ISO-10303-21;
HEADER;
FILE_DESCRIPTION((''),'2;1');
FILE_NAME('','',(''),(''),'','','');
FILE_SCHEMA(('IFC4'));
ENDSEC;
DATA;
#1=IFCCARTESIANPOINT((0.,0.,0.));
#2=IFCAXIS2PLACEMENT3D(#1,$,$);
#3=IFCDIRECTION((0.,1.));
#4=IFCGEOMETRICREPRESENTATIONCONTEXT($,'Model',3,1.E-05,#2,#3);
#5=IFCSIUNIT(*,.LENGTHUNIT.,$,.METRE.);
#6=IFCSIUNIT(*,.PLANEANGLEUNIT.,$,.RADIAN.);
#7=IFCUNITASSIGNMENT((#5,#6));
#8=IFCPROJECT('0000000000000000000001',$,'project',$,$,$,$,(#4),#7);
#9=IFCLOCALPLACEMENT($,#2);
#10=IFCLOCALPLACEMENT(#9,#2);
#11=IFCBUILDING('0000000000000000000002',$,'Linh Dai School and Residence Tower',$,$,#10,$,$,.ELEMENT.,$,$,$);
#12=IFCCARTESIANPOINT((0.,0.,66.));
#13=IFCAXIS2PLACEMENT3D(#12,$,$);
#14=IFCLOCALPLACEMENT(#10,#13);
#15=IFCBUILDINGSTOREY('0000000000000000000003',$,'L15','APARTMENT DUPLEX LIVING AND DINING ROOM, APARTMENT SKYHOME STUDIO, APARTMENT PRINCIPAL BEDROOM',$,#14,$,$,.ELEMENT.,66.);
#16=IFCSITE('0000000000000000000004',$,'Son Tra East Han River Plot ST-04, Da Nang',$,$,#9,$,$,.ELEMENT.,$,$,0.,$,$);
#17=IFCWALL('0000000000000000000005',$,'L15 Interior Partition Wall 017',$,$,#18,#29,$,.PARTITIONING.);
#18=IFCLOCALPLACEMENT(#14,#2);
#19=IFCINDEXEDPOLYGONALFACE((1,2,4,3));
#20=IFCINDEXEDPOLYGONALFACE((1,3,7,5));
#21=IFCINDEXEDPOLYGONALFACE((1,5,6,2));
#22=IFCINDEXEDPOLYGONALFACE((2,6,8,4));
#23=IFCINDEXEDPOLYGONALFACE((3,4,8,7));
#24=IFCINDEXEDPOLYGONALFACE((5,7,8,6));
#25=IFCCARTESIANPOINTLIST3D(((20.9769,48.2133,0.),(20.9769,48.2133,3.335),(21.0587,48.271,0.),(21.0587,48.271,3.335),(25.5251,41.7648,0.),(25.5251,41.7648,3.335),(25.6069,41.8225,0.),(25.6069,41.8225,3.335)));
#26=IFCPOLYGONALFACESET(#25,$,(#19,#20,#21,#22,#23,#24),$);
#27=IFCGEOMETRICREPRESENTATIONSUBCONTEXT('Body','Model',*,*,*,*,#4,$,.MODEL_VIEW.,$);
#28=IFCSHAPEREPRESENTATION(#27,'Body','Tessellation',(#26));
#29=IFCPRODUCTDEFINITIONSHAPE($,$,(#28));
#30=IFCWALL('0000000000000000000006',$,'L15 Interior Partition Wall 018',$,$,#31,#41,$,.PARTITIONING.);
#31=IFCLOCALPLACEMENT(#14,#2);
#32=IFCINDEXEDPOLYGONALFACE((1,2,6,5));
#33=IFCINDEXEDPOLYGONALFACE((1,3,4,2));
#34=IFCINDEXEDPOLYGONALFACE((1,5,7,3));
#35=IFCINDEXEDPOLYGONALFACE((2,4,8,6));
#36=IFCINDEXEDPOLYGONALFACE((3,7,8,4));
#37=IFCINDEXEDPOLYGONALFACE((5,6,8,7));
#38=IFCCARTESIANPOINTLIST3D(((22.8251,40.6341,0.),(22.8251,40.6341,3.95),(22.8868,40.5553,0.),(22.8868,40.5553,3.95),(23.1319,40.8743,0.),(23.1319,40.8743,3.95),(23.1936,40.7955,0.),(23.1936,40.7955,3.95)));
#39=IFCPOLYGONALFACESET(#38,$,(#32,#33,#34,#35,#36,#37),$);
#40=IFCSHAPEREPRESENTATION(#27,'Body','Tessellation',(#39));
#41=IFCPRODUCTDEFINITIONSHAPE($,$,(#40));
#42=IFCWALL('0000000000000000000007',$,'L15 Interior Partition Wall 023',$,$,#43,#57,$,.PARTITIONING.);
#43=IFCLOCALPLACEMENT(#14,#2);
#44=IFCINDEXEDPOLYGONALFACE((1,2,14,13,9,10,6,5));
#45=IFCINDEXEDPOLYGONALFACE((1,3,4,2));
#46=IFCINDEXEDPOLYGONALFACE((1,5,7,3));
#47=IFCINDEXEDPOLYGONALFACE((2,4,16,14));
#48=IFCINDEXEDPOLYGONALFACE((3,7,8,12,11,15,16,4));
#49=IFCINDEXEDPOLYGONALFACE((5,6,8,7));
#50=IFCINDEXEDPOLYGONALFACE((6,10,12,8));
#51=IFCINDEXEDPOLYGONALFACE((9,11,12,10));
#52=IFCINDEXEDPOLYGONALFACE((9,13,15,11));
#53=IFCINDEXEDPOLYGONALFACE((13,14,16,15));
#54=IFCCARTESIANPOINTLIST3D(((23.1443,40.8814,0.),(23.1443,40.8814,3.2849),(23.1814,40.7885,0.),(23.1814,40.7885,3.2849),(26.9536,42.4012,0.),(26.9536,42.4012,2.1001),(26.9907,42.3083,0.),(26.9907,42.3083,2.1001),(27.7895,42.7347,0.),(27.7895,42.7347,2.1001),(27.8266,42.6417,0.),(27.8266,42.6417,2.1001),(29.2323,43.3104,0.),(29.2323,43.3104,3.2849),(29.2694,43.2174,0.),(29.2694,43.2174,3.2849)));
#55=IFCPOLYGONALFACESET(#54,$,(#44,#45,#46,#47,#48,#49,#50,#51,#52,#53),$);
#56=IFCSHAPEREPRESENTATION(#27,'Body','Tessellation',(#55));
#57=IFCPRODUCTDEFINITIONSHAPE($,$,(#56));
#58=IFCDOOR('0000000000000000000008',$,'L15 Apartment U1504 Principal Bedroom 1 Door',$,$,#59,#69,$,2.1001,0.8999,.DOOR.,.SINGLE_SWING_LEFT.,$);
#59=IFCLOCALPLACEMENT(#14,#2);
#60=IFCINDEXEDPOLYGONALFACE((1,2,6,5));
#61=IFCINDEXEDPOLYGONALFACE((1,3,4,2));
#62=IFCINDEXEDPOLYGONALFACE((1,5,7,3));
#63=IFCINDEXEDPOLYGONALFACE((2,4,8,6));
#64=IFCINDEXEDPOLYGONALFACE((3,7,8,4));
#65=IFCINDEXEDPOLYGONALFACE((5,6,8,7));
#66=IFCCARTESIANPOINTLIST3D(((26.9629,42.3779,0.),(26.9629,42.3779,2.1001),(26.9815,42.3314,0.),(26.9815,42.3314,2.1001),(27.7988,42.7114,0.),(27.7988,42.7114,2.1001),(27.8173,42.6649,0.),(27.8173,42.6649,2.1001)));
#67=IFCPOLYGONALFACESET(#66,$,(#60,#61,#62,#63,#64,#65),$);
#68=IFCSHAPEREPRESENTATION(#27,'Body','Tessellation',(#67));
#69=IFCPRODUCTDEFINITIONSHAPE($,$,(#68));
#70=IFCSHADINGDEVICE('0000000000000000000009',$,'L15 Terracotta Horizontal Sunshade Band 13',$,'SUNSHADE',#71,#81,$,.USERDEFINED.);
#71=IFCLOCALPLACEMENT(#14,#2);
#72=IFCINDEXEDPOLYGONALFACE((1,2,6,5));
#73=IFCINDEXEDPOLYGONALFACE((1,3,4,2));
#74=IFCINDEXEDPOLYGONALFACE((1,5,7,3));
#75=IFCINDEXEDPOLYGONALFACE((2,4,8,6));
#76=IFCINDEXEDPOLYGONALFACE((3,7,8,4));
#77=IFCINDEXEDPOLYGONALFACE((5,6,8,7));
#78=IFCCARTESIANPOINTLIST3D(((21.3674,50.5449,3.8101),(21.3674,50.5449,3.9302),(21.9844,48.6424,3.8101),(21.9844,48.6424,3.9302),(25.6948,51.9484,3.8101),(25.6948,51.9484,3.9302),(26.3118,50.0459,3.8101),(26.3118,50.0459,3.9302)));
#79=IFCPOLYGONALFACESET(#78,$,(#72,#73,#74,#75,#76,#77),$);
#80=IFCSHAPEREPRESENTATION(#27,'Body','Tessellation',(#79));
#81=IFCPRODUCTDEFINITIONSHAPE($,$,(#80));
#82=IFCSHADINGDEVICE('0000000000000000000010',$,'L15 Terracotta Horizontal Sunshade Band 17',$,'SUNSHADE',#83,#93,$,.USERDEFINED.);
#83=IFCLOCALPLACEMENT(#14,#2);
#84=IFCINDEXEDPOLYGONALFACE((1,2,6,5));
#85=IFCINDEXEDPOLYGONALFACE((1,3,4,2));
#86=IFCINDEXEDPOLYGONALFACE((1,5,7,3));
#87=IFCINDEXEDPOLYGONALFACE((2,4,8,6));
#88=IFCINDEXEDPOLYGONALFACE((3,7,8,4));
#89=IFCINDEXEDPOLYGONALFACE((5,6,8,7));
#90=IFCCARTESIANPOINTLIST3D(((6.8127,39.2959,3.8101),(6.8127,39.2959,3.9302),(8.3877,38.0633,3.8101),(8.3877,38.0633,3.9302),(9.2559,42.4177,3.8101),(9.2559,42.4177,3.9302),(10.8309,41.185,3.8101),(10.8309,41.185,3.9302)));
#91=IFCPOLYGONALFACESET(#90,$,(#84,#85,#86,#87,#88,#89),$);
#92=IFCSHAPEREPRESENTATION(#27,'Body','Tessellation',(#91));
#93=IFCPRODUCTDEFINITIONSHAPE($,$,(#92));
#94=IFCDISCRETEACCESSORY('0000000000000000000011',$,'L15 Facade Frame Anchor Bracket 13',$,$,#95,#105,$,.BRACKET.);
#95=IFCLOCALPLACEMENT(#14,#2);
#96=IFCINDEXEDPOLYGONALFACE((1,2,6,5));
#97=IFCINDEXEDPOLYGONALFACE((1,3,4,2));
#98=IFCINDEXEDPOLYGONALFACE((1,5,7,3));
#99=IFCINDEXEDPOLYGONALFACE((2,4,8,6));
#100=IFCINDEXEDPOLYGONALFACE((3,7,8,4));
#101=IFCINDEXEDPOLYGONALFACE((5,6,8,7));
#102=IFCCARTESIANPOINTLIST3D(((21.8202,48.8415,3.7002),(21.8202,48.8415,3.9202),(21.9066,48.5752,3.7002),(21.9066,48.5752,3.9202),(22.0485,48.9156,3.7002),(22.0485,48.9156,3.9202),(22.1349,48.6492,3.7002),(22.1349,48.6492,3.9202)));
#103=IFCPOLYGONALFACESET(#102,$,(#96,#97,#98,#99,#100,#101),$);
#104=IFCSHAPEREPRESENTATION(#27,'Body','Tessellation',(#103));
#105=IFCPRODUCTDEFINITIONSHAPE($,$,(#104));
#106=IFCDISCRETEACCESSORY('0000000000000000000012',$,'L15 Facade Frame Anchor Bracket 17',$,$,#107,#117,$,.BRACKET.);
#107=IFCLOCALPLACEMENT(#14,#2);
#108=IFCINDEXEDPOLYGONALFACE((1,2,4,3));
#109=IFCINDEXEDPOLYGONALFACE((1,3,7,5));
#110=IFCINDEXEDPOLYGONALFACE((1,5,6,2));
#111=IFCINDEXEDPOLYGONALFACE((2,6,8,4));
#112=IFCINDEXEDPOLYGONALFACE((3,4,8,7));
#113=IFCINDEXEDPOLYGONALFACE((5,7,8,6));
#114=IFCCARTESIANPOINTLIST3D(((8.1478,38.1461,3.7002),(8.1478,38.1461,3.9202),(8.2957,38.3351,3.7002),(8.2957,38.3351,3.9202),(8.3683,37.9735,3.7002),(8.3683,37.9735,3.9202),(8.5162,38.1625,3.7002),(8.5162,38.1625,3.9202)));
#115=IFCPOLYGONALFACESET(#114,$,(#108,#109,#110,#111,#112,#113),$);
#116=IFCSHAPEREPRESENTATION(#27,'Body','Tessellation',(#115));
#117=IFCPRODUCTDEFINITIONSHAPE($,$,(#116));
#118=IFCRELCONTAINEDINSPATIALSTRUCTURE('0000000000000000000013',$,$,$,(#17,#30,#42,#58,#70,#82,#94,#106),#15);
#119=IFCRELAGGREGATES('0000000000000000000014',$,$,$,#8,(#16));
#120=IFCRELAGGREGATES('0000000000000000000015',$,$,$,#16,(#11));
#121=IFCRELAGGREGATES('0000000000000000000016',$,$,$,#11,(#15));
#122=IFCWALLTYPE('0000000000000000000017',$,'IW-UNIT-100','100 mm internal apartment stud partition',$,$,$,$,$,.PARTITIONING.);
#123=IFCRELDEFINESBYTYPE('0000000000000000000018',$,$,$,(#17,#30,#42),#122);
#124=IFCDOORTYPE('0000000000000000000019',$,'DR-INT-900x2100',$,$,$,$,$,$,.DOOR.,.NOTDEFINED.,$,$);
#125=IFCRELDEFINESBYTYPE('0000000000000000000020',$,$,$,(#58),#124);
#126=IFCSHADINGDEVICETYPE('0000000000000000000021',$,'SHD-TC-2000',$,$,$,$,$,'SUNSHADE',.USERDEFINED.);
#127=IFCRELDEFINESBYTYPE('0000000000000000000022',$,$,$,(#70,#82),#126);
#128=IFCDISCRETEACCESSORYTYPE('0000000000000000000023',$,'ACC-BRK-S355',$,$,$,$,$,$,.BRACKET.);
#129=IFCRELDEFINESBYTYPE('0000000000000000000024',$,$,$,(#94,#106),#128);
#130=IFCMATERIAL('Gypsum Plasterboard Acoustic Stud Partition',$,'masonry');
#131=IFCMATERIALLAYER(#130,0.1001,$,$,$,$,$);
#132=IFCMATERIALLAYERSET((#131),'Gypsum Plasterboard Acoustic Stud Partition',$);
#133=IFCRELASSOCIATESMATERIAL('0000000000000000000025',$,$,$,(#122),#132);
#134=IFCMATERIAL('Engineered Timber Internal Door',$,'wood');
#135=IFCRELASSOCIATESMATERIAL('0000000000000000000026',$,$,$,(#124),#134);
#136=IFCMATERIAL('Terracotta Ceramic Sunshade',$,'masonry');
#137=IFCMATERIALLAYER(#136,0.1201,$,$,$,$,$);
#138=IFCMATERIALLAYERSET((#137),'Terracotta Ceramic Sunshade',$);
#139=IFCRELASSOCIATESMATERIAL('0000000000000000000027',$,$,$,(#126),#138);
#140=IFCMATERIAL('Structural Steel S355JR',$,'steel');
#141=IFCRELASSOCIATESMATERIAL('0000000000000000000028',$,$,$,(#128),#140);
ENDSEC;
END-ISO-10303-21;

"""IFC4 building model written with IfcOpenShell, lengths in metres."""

from ifc_helpers import new_model, si_unit, direction, frame, frame_2d, origin, origin_2d, place, context, subcontext, project, spatial, rectangle, extrude, source, transform, mapped, material, layer, layer_set, type_object, element, fill, save


model = new_model("IFC4")

# Units and contexts
model_context = context("Model", 3, precision=1e-05, world=origin(), true_north=direction((0.0, 1.0)))
body_context = subcontext(model_context, "Body", "Model", "MODEL_VIEW")
ifc_project = project(units=[si_unit("LENGTHUNIT", "METRE"), si_unit("PLANEANGLEUNIT", "RADIAN")], contexts=[model_context])

# Site, building, storey
site_placement = place(None, origin())
site = spatial("IfcSite", under=ifc_project, at=site_placement, Name="Son Tra East Han River Plot ST-04, Da Nang", CompositionType="ELEMENT", RefElevation=0.0)
building_placement = place(site_placement, origin())
building = spatial("IfcBuilding", under=site, at=building_placement, Name="Linh Dai School and Residence Tower", CompositionType="ELEMENT")
storey_placement = place(building_placement, frame((0.0, 0.0, 66.0)))
storey = spatial("IfcBuildingStorey", under=building, at=storey_placement, Name="L15", Description="APARTMENT DUPLEX LIVING AND DINING ROOM, APARTMENT SKYHOME STUDIO, APARTMENT PRINCIPAL BEDROOM", CompositionType="ELEMENT", Elevation=66.0)

# Shared definitions
ifc_material_1 = material(Name="Structural Steel S355JR", Category="steel")

# Shared definitions
ifc_material_2 = material(Name="Gypsum Plasterboard Acoustic Stud Partition", Category="masonry")
ifc_layer_1 = layer(ifc_material_2, 0.1001)
ifc_layer_set_1 = layer_set([ifc_layer_1], Name="Gypsum Plasterboard Acoustic Stud Partition")
wall_type_1 = type_object("IfcWallType", Name="IW-UNIT-100", Description="100 mm internal apartment stud partition", PredefinedType="PARTITIONING", material=ifc_layer_set_1)
ifc_material_3 = material(Name="Engineered Timber Internal Door", Category="wood")
door_type_1 = type_object("IfcDoorType", Name="DR-INT-900x2100", OperationType="NOTDEFINED", PredefinedType="DOOR", material=ifc_material_3)
shared_shape_1 = source(origin(), body_context, "Body", "SweptSolid", [
    extrude(rectangle(XDim=0.8999, YDim=2.1001, at=origin_2d()), frame((0.45, 0.0249, 1.05), z_axis=(0.0, -1.0, 0.0), x_axis=(1.0, 0.0, 0.0)), (0.0, 0.0, 1.0), 0.05),
])

# Walls
wall_1_placement = place(storey_placement, frame((21.0178, 48.2422, 0.0), z_axis=(0.0, 0.0, 1.0), x_axis=(0.576364, -0.817193, 0.0)))
element("IfcWall", 1, at=wall_1_placement, inside=storey, type_object=wall_type_1, Name="L15 Interior Partition Wall 017", PredefinedType="PARTITIONING", context=body_context, shape_type="SweptSolid", body=[
    extrude(rectangle(XDim=7.8911, YDim=0.1001, at=frame_2d((3.9456, 0.0))), origin(), (0.0, 0.0, 1.0), 3.335),
])
wall_2_placement = place(storey_placement, frame((22.856, 40.5947, 0.0), z_axis=(0.0, 0.0, 1.0), x_axis=(0.787426, 0.61641, 0.0)))
element("IfcWall", 2, at=wall_2_placement, inside=storey, type_object=wall_type_1, Name="L15 Interior Partition Wall 018", PredefinedType="PARTITIONING", context=body_context, shape_type="SweptSolid", body=[
    extrude(rectangle(XDim=0.3896, YDim=0.1001, at=frame_2d((0.1948, 0.0))), origin(), (0.0, 0.0, 1.0), 3.95),
])

# Wall, opening, door
wall_3_placement = place(storey_placement, frame((23.1628, 40.835, 0.0), z_axis=(0.0, 0.0, 1.0), x_axis=(0.928808, 0.370562, 0.0)))
wall_3 = element("IfcWall", 3, at=wall_3_placement, inside=storey, type_object=wall_type_1, Name="L15 Interior Partition Wall 023", PredefinedType="PARTITIONING", context=body_context, shape_type="SweptSolid", body=[
    extrude(rectangle(XDim=6.5547, YDim=0.1001, at=frame_2d((3.2773, 0.0))), origin(), (0.0, 0.0, 1.0), 3.2849),
])
opening_1_placement = place(wall_3_placement, frame((4.1013, 0.0, 0.0)))
opening_1 = element("IfcOpeningElement", 4, at=opening_1_placement, cuts=wall_3, PredefinedType="OPENING", context=body_context, shape_type="SweptSolid", body=[
    extrude(rectangle(XDim=0.8999, YDim=2.1001, at=origin_2d()), frame((0.45, 0.0601, 1.05), z_axis=(0.0, -1.0, 0.0), x_axis=(1.0, 0.0, 0.0)), (0.0, 0.0, 1.0), 0.1201),
])
door_1_placement = place(opening_1_placement, origin())
door_1 = element("IfcDoor", 5, at=door_1_placement, inside=storey, type_object=door_type_1, Name="L15 Apartment U1504 Principal Bedroom 1 Door", OperationType="SINGLE_SWING_LEFT", OverallHeight=2.1001, OverallWidth=0.8999, PredefinedType="DOOR", context=body_context, shape_type="MappedRepresentation", body=[
    mapped(shared_shape_1, transform((0.0, 0.0, 0.0), x_axis=(1.0, 0.0, 0.0), y_axis=(0.0, 1.0, 0.0), z_axis=(0.0, 0.0, 1.0), scale=1.0)),
])
fill(opening_1, door_1)

# Shading devices
ifc_material_4 = material(Name="Terracotta Ceramic Sunshade", Category="masonry")
ifc_layer_2 = layer(ifc_material_4, 0.1201)
ifc_layer_set_2 = layer_set([ifc_layer_2], Name="Terracotta Ceramic Sunshade")
shading_device_type = type_object("IfcShadingDeviceType", Name="SHD-TC-2000", ElementType="SUNSHADE", PredefinedType="USERDEFINED", material=ifc_layer_set_2)
shared_shape_2 = source(origin(), body_context, "Body", "SweptSolid", [
    extrude(rectangle(XDim=4.5493, YDim=2.0, at=origin_2d()), origin(), (0.0, 0.0, 1.0), 0.1201),
])
shading_device_1_placement = place(storey_placement, frame((23.8396, 50.2954, 3.8101), z_axis=(0.0, 0.0, 1.0), x_axis=(0.951221, 0.308511, 0.0)))
element("IfcShadingDevice", 6, at=shading_device_1_placement, inside=storey, type_object=shading_device_type, Name="L15 Terracotta Horizontal Sunshade Band 13", ObjectType="SUNSHADE", PredefinedType="USERDEFINED", context=body_context, shape_type="MappedRepresentation", body=[
    mapped(shared_shape_2, transform((0.0, 0.0, 0.0), x_axis=(1.0, 0.0, 0.0), y_axis=(0.0, 1.0, 0.0), z_axis=(0.0, 0.0, 1.0), scale=1.0)),
])
shared_shape_3 = source(origin(), body_context, "Body", "SweptSolid", [
    extrude(rectangle(XDim=3.9641, YDim=2.0, at=origin_2d()), origin(), (0.0, 0.0, 1.0), 0.1201),
])
shading_device_2_placement = place(storey_placement, frame((8.8218, 40.2405, 3.8101), z_axis=(0.0, 0.0, 1.0), x_axis=(0.616319, 0.787496, 0.0)))
element("IfcShadingDevice", 7, at=shading_device_2_placement, inside=storey, type_object=shading_device_type, Name="L15 Terracotta Horizontal Sunshade Band 17", ObjectType="SUNSHADE", PredefinedType="USERDEFINED", context=body_context, shape_type="MappedRepresentation", body=[
    mapped(shared_shape_3, transform((0.0, 0.0, 0.0), x_axis=(1.0, 0.0, 0.0), y_axis=(0.0, 1.0, 0.0), z_axis=(0.0, 0.0, 1.0), scale=1.0)),
])

# Discrete accessories
discrete_accessory_type = type_object("IfcDiscreteAccessoryType", Name="ACC-BRK-S355", PredefinedType="BRACKET", material=ifc_material_1)
shared_shape_4 = source(origin(), body_context, "Body", "SweptSolid", [
    extrude(rectangle(XDim=0.28, YDim=0.24, at=origin_2d()), origin(), (0.0, 0.0, 1.0), 0.22),
])
for number, where, z_axis, x_axis, name in (
    (8, (21.9775, 48.7454, 3.7002), (0.0, 0.0, 1.0), (-0.308511, 0.951221, 0.0), "L15 Facade Frame Anchor Bracket 13"),
    (9, (8.332, 38.1543, 3.7002), (0.0, 0.0, 1.0), (-0.787496, 0.616319, 0.0), "L15 Facade Frame Anchor Bracket 17"),
):
    element("IfcDiscreteAccessory", number, at=place(storey_placement, frame(where, z_axis=z_axis, x_axis=x_axis)), inside=storey, type_object=discrete_accessory_type, Name=name, PredefinedType="BRACKET", context=body_context, shape_type="MappedRepresentation", body=[
        mapped(shared_shape_4, transform((0.0, 0.0, 0.0), x_axis=(1.0, 0.0, 0.0), y_axis=(0.0, 1.0, 0.0), z_axis=(0.0, 0.0, 1.0), scale=1.0)),
    ])

save(model, "model.ifc")
